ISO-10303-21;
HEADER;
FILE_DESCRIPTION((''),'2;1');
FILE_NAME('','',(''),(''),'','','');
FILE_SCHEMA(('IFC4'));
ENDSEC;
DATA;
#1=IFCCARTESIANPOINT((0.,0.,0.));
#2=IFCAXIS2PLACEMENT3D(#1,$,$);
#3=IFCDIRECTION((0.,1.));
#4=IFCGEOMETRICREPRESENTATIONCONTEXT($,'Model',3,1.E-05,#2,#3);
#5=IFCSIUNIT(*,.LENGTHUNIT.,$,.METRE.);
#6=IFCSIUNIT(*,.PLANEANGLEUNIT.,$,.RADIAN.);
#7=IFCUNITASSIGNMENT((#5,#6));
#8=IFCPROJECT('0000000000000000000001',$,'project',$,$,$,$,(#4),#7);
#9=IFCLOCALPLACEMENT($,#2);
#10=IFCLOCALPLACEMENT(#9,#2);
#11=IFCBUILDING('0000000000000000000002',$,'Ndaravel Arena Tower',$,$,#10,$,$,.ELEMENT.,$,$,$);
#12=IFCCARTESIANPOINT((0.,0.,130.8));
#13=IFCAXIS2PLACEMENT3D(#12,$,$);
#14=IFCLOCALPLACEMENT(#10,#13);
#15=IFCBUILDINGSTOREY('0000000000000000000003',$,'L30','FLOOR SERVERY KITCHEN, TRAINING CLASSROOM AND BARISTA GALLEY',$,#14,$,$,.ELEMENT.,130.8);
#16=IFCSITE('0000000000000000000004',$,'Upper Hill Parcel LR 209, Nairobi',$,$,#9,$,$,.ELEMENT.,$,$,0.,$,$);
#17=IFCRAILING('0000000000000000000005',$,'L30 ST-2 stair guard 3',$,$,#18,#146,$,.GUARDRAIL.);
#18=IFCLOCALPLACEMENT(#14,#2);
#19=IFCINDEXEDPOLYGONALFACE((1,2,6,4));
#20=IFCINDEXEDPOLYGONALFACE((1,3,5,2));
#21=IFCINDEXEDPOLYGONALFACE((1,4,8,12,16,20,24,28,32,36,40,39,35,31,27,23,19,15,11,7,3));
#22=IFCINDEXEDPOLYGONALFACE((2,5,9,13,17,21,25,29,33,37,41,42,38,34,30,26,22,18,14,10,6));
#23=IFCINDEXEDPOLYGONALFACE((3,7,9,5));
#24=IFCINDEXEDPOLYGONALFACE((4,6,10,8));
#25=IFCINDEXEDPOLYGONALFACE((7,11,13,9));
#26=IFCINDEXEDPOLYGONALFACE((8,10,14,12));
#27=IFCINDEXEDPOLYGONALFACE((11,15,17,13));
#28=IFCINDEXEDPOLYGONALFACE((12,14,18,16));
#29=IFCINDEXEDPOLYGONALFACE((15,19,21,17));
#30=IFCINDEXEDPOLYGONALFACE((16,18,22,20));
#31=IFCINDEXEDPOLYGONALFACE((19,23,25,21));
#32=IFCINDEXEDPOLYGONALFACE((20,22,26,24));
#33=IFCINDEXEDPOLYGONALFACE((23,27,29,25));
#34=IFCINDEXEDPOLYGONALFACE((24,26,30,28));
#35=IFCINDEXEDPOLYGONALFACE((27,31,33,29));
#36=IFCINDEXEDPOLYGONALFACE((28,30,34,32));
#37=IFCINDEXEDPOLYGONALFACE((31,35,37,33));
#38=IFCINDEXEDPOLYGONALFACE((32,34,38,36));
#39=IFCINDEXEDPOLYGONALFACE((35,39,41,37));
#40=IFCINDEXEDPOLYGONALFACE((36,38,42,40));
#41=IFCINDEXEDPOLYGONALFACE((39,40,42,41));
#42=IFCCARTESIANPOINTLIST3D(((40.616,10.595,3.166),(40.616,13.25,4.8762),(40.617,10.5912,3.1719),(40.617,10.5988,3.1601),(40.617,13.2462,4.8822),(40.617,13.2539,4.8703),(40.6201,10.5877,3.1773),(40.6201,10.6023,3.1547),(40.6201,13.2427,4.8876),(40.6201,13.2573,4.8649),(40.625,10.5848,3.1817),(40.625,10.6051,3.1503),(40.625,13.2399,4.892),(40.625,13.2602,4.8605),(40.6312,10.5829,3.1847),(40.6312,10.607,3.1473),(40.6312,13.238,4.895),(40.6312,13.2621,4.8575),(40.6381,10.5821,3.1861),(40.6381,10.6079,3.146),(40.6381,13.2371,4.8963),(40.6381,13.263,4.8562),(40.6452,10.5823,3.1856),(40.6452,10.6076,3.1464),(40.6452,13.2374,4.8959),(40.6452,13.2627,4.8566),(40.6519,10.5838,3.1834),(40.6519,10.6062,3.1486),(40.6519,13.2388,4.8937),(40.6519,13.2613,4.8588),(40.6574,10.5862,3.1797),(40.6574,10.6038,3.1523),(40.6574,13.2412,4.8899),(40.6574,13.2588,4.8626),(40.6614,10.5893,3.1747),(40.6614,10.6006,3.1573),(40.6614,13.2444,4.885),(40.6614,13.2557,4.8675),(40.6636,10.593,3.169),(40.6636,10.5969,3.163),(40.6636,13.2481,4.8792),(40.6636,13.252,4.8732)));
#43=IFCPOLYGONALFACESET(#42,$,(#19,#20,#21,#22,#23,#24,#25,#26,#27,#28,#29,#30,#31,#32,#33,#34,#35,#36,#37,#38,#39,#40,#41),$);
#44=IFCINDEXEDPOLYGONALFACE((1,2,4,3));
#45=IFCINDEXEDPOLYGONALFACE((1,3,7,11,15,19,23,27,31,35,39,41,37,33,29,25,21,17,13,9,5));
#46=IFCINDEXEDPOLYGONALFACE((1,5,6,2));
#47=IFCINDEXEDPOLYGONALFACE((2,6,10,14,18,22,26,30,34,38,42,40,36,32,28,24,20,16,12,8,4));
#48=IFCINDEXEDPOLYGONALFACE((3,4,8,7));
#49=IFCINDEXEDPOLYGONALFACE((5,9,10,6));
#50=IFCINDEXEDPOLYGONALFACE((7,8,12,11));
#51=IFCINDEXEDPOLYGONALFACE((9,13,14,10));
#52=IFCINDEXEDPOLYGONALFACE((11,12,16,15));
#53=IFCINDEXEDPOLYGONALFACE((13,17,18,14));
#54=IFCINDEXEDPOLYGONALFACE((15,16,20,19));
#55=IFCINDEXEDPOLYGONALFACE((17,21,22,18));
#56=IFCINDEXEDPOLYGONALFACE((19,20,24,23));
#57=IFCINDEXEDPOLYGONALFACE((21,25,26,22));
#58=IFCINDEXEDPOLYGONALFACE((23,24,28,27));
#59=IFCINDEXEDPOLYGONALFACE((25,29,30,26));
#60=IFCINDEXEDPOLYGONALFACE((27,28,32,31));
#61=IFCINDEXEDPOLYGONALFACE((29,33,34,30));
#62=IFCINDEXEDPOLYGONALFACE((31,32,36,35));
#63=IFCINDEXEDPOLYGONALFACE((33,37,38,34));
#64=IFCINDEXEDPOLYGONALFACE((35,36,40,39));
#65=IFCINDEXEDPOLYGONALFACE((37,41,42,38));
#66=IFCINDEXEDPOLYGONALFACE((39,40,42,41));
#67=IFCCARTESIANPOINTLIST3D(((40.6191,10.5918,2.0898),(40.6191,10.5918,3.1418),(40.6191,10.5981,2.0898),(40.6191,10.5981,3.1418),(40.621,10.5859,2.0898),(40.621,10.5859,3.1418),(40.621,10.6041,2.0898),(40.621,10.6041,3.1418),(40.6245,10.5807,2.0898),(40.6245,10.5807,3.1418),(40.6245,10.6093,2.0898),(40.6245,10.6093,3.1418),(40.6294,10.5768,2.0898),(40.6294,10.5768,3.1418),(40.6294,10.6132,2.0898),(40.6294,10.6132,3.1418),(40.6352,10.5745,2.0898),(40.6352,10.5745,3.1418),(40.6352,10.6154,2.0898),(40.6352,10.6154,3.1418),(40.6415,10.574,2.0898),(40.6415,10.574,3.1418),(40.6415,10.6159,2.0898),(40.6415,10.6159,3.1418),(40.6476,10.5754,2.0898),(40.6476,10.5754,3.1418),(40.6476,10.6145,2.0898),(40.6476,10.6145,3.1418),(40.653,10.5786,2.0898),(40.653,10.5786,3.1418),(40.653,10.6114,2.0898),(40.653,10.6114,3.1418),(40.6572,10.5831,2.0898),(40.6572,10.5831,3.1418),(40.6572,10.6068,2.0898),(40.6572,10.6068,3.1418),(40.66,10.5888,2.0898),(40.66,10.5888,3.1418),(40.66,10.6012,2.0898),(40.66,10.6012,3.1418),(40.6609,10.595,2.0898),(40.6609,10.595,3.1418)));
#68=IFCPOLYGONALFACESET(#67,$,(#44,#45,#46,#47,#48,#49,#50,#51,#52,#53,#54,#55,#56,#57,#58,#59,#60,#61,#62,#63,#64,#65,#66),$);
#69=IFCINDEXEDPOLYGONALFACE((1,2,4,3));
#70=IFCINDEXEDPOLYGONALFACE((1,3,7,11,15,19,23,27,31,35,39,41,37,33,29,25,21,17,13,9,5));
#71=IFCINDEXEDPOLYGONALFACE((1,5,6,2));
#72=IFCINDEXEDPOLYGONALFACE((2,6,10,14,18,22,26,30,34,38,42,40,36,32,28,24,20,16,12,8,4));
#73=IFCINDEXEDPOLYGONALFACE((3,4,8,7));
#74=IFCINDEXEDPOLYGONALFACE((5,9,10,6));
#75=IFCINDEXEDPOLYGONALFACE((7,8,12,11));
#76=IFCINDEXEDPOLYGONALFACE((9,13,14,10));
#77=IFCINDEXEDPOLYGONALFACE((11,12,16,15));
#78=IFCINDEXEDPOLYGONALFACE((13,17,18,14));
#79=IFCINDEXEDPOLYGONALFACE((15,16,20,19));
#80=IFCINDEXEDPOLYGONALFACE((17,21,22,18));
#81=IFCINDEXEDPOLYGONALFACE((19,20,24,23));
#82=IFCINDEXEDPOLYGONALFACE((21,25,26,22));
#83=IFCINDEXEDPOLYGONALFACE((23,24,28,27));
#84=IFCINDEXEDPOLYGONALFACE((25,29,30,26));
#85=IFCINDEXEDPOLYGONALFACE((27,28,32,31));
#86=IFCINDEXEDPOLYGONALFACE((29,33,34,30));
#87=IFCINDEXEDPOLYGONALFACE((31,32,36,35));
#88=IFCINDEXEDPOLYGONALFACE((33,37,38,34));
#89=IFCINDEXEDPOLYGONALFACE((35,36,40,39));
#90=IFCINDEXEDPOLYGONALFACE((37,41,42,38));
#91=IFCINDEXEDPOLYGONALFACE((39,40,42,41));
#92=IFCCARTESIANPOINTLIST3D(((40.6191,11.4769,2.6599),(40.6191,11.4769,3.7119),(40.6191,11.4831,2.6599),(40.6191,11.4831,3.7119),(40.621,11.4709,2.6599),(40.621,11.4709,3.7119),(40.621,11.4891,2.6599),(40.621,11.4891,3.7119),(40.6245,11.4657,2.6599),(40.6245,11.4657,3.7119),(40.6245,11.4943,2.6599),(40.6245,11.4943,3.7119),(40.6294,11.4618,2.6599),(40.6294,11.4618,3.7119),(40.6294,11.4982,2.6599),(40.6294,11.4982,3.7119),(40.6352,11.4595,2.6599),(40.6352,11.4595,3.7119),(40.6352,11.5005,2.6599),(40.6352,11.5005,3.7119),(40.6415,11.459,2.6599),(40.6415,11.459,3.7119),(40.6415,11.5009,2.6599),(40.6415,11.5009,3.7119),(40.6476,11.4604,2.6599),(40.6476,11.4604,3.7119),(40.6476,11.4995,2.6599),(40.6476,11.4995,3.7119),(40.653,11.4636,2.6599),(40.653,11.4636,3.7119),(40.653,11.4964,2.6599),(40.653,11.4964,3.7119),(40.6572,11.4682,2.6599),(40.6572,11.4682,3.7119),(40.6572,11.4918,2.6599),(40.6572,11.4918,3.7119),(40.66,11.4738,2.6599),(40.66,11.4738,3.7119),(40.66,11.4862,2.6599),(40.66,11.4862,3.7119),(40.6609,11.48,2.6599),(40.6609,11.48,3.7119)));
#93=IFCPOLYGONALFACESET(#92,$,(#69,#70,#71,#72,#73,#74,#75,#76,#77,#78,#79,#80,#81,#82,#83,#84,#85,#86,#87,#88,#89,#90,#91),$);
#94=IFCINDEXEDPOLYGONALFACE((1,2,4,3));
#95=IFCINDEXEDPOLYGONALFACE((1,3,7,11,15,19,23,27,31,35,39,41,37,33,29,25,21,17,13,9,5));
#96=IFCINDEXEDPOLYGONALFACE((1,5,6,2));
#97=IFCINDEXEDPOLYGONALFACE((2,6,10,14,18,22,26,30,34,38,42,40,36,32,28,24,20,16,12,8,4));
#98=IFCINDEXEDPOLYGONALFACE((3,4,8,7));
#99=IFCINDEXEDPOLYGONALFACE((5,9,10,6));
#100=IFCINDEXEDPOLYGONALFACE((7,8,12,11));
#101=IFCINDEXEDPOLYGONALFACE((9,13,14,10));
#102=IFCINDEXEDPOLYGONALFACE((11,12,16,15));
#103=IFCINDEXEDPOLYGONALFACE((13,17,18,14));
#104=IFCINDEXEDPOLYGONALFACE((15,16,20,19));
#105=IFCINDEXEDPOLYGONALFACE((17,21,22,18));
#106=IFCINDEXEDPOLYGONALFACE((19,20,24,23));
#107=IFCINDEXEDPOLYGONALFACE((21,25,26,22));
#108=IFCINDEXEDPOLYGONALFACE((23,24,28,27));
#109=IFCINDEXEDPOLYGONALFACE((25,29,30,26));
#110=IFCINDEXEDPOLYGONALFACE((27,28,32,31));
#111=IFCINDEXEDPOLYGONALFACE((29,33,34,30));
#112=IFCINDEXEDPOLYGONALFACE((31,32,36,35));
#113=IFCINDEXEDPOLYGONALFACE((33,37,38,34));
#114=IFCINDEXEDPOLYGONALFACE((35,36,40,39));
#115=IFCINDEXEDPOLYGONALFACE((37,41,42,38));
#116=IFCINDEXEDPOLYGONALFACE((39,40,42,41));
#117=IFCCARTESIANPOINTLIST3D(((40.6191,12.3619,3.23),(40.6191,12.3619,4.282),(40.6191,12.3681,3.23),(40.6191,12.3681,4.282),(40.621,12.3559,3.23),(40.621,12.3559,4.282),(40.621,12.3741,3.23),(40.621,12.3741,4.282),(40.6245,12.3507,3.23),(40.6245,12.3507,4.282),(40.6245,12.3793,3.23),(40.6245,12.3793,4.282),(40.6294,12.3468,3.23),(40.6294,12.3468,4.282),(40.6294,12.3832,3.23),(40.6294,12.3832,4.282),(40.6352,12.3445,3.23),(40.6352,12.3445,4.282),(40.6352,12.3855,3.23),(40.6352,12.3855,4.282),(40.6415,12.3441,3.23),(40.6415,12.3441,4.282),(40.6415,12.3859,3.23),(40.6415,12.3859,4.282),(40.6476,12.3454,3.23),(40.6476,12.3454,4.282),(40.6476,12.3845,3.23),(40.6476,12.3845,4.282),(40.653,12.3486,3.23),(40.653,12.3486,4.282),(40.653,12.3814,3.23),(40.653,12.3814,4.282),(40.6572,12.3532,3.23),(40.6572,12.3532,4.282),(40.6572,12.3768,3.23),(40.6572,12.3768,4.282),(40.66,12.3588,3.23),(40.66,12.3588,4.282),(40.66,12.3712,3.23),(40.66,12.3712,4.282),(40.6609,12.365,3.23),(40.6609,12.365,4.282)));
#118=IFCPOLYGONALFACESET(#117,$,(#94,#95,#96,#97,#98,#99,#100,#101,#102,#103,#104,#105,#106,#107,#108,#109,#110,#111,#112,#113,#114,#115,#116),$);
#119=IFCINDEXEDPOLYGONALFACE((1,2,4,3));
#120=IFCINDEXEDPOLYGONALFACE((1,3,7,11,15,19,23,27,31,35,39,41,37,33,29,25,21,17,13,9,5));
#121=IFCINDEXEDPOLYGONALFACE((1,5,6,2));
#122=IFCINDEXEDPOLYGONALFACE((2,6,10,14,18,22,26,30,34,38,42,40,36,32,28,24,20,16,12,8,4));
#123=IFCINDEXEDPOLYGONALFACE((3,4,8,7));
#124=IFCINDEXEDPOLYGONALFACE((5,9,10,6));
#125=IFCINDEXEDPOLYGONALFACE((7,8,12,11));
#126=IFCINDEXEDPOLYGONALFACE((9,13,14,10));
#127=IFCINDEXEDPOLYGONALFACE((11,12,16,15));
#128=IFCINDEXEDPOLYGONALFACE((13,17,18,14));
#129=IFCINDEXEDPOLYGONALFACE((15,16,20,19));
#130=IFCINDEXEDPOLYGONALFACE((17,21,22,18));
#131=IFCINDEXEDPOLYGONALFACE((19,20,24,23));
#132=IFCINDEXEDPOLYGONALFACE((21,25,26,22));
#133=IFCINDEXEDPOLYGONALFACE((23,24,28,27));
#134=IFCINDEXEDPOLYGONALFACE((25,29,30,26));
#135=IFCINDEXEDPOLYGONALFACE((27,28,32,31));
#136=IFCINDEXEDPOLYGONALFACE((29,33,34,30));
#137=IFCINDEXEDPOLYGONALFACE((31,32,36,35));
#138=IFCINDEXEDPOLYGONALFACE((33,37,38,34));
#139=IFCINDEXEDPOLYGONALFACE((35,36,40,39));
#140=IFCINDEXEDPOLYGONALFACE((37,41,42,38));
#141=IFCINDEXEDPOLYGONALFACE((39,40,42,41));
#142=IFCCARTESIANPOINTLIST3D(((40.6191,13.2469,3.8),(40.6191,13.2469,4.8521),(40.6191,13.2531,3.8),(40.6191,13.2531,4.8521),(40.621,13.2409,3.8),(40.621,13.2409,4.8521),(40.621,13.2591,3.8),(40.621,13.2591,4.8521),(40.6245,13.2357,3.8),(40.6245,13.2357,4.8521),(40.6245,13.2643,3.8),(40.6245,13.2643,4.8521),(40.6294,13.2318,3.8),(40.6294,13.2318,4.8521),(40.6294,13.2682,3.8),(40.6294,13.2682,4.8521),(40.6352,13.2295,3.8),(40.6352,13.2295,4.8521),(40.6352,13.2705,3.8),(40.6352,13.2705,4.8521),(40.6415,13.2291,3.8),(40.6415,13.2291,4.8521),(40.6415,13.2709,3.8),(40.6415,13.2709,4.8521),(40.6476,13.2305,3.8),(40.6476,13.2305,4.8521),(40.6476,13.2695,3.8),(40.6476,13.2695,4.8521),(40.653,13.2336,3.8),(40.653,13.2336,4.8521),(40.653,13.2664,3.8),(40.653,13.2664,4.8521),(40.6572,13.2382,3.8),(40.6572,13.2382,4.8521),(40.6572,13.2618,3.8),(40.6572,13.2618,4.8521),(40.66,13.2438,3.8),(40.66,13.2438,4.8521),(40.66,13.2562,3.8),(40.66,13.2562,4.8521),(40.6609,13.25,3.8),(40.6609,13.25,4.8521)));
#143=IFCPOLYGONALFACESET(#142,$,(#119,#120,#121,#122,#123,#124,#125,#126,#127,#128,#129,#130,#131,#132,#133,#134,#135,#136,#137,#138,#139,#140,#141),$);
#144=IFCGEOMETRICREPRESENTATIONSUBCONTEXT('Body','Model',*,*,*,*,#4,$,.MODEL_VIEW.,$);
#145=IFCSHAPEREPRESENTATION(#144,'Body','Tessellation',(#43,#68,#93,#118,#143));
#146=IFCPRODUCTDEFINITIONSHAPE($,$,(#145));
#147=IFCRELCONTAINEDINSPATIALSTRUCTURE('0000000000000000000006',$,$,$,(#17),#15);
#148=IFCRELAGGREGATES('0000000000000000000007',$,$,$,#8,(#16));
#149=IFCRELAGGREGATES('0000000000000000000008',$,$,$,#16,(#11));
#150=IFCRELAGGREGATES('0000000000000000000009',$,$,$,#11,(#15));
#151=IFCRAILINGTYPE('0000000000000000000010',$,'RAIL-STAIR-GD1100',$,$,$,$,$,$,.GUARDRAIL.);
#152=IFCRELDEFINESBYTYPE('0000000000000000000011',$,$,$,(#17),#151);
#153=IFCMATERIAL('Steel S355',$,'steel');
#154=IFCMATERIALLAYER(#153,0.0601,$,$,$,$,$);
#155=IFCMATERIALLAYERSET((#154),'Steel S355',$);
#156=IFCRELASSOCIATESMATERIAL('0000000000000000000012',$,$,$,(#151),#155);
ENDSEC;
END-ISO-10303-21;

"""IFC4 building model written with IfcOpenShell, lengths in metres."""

from ifc_helpers import new_model, si_unit, direction, frame, origin, origin_2d, place, context, subcontext, project, spatial, circle, extrude, material, layer, layer_set, type_object, element, save


model = new_model("IFC4")

# Units and contexts
model_context = context("Model", 3, precision=1e-05, world=origin(), true_north=direction((0.0, 1.0)))
body_context = subcontext(model_context, "Body", "Model", "MODEL_VIEW")
ifc_project = project(units=[si_unit("LENGTHUNIT", "METRE"), si_unit("PLANEANGLEUNIT", "RADIAN")], contexts=[model_context])

# Site, building, storey
site_placement = place(None, origin())
site = spatial("IfcSite", under=ifc_project, at=site_placement, Name="Upper Hill Parcel LR 209, Nairobi", CompositionType="ELEMENT", RefElevation=0.0)
building_placement = place(site_placement, origin())
building = spatial("IfcBuilding", under=site, at=building_placement, Name="Ndaravel Arena Tower", CompositionType="ELEMENT")
storey_placement = place(building_placement, frame((0.0, 0.0, 130.8)))
storey = spatial("IfcBuildingStorey", under=building, at=storey_placement, Name="L30", Description="FLOOR SERVERY KITCHEN, TRAINING CLASSROOM AND BARISTA GALLEY", CompositionType="ELEMENT", Elevation=130.8)

# Railing
ifc_material_1 = material(Name="Steel S355", Category="steel")
ifc_layer_1 = layer(ifc_material_1, 0.0601)
ifc_layer_set_1 = layer_set([ifc_layer_1], Name="Steel S355")
railing_type_1 = type_object("IfcRailingType", Name="RAIL-STAIR-GD1100", PredefinedType="GUARDRAIL", material=ifc_layer_set_1)
railing_1_placement = place(storey_placement, frame((40.6399, 10.595, 2.0898)))
element("IfcRailing", 1, at=railing_1_placement, inside=storey, type_object=railing_type_1, Name="L30 ST-2 stair guard 3", PredefinedType="GUARDRAIL", context=body_context, shape_type="SweptSolid", body=[
    extrude(circle(Radius=0.0239, at=origin_2d()), frame((0.0, 0.0, 1.0762), z_axis=(0.0, 0.840688, 0.541519), x_axis=(-1.0, 0.0, 0.0)), (0.0, 0.0, 1.0), 3.1582),
    extrude(circle(Radius=0.021, at=origin_2d()), origin(), (0.0, 0.0, 1.0), 1.052),
    extrude(circle(Radius=0.021, at=origin_2d()), frame((0.0, 0.885, 0.5701)), (0.0, 0.0, 1.0), 1.052),
    extrude(circle(Radius=0.021, at=origin_2d()), frame((0.0, 1.77, 1.1401)), (0.0, 0.0, 1.0), 1.052),
    extrude(circle(Radius=0.021, at=origin_2d()), frame((0.0, 2.655, 1.7102)), (0.0, 0.0, 1.0), 1.052),
])

save(model, "model.ifc")
